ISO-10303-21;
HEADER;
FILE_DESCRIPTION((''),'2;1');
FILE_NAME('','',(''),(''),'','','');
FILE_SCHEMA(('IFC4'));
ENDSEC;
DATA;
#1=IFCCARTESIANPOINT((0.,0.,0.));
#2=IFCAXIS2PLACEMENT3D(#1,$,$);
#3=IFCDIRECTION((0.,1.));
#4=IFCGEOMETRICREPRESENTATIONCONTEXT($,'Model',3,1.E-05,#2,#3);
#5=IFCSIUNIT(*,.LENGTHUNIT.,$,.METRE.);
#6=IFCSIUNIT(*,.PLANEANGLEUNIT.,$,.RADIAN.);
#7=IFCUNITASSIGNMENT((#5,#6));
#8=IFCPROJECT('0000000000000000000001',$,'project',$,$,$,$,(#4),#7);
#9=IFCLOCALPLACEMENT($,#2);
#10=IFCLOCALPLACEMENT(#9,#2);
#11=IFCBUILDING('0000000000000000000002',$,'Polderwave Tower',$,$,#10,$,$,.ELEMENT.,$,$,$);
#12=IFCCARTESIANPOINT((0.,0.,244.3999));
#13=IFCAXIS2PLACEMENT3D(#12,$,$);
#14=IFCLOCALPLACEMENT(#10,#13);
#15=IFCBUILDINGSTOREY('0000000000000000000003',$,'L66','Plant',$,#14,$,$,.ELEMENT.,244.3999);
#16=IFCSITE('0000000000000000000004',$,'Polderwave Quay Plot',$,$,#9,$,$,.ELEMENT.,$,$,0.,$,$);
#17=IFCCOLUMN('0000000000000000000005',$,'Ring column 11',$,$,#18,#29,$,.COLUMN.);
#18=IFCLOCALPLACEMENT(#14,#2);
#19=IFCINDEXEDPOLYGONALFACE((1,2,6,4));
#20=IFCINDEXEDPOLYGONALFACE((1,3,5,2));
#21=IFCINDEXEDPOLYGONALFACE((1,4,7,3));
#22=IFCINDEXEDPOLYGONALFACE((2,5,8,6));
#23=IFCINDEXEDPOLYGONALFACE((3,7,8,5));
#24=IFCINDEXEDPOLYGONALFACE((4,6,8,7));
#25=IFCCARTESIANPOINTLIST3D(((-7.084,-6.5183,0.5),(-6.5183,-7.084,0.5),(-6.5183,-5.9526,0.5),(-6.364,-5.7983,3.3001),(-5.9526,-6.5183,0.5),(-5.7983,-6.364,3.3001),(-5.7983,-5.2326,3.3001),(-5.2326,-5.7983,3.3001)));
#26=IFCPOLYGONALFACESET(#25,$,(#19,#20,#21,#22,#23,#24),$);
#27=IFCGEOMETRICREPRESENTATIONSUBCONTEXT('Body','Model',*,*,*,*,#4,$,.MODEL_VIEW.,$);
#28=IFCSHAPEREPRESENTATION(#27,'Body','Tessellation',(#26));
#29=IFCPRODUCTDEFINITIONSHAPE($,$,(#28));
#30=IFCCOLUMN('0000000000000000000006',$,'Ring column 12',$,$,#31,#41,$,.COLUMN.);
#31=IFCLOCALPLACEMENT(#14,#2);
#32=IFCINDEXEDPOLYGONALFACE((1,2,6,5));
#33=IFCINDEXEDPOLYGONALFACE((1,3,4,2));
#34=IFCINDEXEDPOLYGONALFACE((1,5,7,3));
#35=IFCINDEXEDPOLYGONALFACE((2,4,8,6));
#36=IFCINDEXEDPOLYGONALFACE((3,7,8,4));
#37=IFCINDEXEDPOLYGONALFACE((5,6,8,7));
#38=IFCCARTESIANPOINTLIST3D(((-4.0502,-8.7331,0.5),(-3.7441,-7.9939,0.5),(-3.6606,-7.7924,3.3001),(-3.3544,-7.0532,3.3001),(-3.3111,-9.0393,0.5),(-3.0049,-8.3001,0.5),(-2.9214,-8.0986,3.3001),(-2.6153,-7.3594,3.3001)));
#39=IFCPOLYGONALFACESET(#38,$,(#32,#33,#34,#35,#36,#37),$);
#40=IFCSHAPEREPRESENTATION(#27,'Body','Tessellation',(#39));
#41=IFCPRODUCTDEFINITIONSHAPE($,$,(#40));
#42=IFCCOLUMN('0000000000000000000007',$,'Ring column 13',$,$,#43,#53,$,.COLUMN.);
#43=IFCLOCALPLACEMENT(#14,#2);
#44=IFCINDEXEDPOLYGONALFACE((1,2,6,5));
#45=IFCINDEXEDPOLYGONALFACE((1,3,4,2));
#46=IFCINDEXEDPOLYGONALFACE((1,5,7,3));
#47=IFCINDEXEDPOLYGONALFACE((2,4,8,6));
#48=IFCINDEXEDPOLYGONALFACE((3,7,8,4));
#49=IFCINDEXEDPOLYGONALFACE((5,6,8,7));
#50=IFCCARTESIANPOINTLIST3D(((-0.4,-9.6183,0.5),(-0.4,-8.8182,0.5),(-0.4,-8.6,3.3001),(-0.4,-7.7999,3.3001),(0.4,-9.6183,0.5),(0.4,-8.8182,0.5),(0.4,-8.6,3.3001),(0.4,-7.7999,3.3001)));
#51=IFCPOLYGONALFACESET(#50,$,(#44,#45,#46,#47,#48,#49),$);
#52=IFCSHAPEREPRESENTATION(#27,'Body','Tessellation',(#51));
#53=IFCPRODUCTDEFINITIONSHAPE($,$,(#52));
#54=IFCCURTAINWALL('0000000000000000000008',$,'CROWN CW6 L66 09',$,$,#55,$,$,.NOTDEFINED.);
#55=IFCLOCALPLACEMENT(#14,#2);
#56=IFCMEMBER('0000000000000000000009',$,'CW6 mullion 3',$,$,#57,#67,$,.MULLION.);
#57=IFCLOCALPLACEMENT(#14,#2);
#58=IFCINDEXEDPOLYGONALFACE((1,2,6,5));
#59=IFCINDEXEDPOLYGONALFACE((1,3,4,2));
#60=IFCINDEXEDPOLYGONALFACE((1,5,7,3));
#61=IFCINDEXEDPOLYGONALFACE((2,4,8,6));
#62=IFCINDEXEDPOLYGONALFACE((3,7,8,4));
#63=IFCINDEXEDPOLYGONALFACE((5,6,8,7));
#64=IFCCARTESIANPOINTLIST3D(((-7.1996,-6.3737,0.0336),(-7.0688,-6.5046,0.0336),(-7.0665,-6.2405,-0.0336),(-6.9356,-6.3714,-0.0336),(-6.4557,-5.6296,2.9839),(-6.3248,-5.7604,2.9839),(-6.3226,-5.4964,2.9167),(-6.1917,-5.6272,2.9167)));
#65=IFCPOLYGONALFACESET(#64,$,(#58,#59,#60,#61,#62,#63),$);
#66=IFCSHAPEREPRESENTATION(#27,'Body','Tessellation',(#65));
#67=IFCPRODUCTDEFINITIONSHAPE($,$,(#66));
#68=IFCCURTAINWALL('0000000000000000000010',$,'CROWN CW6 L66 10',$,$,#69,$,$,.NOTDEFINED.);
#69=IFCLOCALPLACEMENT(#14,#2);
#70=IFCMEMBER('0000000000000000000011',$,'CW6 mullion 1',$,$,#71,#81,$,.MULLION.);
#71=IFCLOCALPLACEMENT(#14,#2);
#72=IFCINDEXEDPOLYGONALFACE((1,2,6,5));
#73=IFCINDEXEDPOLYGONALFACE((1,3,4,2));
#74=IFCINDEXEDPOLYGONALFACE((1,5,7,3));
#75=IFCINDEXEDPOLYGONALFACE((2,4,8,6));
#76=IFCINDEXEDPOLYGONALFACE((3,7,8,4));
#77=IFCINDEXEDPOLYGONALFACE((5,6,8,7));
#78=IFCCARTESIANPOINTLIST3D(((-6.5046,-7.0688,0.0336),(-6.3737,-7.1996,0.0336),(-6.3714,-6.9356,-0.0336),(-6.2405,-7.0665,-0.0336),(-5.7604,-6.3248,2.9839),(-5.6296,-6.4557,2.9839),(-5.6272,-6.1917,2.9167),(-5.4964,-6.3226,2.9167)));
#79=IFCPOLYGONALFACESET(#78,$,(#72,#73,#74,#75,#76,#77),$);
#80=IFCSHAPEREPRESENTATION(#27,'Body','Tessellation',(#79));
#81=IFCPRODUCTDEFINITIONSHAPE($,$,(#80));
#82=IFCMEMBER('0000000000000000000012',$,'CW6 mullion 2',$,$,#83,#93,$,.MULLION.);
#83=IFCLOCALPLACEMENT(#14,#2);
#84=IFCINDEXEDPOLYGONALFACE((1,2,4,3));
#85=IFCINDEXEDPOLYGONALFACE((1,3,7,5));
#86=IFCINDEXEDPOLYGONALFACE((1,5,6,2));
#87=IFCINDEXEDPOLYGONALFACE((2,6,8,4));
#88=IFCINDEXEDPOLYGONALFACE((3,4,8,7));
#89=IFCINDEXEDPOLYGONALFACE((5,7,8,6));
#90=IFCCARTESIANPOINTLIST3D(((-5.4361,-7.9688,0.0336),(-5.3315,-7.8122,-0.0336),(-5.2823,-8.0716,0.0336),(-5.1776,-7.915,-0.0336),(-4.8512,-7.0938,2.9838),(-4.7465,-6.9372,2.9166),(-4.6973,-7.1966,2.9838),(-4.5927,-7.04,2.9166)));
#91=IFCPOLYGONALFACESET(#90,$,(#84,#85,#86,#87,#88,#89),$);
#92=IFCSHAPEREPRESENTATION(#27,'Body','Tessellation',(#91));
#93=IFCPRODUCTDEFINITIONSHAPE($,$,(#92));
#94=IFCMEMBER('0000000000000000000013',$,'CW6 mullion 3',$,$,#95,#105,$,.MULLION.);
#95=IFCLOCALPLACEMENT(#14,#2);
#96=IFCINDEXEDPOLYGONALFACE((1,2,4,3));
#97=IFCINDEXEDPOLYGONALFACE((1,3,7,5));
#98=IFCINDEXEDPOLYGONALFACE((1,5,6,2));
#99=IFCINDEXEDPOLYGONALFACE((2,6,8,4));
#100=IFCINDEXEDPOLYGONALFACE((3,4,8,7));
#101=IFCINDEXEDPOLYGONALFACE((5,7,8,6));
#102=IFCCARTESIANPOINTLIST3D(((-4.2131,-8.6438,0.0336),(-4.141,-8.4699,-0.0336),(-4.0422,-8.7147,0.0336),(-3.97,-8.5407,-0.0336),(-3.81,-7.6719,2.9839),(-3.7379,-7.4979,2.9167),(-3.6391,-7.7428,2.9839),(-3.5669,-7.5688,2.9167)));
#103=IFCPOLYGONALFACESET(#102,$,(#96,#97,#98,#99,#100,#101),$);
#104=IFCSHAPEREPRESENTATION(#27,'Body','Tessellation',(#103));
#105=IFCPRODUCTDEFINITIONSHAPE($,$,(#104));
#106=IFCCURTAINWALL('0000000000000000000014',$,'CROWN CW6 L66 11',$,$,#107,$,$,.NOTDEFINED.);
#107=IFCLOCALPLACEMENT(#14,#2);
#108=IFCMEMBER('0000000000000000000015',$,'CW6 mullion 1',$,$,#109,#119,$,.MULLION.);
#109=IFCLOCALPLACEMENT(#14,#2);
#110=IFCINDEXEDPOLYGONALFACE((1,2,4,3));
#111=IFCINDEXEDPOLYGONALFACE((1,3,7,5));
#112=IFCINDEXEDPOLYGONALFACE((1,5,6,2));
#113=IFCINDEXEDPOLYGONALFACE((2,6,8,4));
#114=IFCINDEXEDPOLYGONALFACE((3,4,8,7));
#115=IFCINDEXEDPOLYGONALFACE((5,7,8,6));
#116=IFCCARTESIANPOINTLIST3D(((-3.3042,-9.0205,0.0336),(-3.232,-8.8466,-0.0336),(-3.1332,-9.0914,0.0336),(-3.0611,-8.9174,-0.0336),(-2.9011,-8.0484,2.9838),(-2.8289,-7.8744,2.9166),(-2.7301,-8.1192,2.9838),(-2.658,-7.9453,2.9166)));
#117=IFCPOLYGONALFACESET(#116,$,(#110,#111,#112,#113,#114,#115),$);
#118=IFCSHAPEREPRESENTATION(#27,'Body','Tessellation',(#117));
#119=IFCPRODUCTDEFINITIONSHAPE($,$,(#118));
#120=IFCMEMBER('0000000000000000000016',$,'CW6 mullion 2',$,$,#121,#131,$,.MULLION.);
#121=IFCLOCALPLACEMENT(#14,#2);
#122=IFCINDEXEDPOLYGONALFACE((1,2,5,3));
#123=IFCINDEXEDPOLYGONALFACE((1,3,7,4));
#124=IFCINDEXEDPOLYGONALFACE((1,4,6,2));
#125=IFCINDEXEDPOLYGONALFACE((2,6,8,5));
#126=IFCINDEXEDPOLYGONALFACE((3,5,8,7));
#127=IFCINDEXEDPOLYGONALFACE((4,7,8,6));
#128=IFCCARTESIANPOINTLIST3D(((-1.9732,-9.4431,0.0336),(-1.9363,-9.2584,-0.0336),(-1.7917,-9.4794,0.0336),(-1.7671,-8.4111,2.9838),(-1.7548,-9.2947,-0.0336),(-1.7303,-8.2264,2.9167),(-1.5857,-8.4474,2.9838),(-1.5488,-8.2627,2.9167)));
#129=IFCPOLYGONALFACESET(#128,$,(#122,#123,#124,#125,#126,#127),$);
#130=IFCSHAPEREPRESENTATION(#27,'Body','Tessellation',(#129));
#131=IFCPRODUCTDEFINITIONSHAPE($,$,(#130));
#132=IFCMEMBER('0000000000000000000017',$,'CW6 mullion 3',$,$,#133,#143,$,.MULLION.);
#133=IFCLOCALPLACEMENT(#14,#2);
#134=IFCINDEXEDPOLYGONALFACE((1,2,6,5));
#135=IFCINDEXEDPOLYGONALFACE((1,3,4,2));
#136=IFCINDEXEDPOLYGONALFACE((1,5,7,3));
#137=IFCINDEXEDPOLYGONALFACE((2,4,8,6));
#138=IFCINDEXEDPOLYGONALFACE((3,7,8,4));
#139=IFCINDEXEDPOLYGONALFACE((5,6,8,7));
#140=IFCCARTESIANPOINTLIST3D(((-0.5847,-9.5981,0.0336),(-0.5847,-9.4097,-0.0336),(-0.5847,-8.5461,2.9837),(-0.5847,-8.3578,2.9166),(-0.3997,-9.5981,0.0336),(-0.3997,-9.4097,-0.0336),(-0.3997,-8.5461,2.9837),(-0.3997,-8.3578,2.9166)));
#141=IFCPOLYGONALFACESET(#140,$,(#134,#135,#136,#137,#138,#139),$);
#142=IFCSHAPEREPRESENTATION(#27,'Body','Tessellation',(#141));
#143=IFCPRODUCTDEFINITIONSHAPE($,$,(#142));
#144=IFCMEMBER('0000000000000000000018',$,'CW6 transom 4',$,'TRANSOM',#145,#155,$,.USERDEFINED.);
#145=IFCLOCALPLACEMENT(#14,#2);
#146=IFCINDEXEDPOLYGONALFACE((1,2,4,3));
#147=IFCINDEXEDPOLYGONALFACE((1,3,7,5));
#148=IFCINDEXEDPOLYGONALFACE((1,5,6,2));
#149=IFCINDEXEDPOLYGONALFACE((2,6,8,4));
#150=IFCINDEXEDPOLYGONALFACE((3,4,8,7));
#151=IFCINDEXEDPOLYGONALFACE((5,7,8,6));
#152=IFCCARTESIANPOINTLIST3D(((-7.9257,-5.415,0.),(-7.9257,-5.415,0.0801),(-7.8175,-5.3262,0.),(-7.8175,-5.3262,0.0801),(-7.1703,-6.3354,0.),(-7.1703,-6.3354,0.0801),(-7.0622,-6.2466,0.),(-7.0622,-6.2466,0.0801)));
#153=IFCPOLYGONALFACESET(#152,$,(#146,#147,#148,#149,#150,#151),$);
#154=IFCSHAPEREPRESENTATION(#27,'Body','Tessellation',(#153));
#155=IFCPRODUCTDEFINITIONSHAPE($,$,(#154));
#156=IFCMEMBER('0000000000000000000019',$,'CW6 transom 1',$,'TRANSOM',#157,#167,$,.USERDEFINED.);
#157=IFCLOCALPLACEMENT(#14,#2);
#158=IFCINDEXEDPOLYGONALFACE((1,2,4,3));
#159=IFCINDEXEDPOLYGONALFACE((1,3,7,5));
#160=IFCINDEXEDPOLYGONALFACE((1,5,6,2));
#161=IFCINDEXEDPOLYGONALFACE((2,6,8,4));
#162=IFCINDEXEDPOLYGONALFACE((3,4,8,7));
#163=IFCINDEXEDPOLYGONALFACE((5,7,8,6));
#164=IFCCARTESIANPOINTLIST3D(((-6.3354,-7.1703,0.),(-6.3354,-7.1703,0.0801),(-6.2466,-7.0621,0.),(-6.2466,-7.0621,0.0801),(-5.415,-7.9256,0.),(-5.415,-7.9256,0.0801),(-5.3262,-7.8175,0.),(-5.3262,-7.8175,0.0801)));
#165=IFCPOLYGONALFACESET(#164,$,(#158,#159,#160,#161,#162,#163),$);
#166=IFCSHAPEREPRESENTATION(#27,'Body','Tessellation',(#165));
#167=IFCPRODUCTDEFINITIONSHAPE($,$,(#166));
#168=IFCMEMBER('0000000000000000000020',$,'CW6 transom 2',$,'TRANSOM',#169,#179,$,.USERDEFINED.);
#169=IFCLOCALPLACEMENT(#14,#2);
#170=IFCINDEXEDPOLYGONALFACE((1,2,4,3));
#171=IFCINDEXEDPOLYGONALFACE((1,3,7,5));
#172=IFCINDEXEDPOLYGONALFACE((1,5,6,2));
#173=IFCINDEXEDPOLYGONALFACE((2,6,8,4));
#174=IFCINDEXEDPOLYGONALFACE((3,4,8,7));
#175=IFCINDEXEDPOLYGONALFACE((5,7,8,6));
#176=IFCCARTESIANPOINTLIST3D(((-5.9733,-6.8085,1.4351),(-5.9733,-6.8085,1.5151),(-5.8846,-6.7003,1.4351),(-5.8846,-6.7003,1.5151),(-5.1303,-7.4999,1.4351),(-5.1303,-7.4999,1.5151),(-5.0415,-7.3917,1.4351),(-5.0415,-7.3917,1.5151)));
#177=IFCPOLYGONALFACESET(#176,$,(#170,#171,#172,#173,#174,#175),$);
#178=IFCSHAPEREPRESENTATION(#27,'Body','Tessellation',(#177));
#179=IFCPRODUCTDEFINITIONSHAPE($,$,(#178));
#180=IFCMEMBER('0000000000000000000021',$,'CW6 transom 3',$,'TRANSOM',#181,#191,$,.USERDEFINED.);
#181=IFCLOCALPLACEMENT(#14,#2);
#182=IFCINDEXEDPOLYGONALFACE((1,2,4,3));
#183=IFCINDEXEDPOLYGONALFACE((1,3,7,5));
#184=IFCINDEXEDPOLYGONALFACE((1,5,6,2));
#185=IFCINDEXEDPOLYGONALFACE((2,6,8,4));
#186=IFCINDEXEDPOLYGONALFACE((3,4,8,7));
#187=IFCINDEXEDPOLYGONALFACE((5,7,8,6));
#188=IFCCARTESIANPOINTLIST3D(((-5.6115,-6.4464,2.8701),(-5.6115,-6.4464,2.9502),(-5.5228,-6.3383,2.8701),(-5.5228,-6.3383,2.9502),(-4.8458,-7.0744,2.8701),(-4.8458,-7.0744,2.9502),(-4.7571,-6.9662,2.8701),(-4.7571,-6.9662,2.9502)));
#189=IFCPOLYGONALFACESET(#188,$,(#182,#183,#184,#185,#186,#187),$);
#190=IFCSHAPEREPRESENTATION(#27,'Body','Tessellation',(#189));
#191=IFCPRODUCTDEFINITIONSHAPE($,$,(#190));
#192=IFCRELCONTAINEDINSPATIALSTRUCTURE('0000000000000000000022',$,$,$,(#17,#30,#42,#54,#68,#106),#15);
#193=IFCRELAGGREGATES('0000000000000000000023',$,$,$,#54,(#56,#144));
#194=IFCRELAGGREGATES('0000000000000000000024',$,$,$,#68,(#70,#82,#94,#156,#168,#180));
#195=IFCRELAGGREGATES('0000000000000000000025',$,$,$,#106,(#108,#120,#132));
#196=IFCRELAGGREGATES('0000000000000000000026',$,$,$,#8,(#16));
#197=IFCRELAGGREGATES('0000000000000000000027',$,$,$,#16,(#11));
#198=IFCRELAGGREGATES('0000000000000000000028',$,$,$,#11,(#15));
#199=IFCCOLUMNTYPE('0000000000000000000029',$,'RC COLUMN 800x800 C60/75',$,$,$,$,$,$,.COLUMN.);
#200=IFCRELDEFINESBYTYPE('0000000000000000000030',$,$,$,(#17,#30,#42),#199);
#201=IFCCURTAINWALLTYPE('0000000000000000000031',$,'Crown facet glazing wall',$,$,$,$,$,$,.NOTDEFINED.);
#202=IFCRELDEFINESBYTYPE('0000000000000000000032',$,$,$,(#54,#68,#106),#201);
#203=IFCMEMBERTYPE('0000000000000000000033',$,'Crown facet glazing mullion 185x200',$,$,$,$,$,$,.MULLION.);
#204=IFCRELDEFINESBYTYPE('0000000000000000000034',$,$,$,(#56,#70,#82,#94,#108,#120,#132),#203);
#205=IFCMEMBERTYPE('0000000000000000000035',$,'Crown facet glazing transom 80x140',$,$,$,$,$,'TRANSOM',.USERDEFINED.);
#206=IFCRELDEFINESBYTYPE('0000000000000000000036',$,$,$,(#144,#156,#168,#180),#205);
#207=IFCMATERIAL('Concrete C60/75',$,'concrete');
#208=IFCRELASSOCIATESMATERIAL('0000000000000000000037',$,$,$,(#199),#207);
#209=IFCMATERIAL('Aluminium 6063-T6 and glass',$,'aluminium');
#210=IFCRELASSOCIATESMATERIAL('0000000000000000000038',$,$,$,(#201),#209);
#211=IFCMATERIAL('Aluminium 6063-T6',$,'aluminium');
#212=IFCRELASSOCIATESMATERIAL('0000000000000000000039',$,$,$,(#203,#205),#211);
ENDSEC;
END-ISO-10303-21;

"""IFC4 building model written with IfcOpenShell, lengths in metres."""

from ifc_helpers import new_model, si_unit, direction, frame, origin, origin_2d, place, context, subcontext, project, spatial, rectangle, extrude, material, material_profile, profile_set, type_object, element, aggregate, save


model = new_model("IFC4")

# Units and contexts
model_context = context("Model", 3, precision=1e-05, world=origin(), true_north=direction((0.0, 1.0)))
body_context = subcontext(model_context, "Body", "Model", "MODEL_VIEW")
ifc_project = project(units=[si_unit("LENGTHUNIT", "METRE"), si_unit("PLANEANGLEUNIT", "RADIAN")], contexts=[model_context])

# Site, building, storey
site_placement = place(None, origin())
site = spatial("IfcSite", under=ifc_project, at=site_placement, Name="Polderwave Quay Plot", CompositionType="ELEMENT", RefElevation=0.0)
building_placement = place(site_placement, origin())
building = spatial("IfcBuilding", under=site, at=building_placement, Name="Polderwave Tower", CompositionType="ELEMENT")
storey_placement = place(building_placement, frame((0.0, 0.0, 244.3999)))
storey = spatial("IfcBuildingStorey", under=building, at=storey_placement, Name="L66", Description="Plant", CompositionType="ELEMENT", Elevation=244.3999)

# Columns
ifc_material_1 = material(Name="Concrete C60/75", Category="concrete")
ifc_material_profile_1 = material_profile(ifc_material_1, rectangle(XDim=0.8, YDim=0.8, at=origin_2d()), Name="RC 800x800")
ifc_profile_set_1 = profile_set([ifc_material_profile_1], Name="Concrete C60/75")
column_type = type_object("IfcColumnType", Name="RC COLUMN 800x800 C60/75", PredefinedType="COLUMN", material=ifc_profile_set_1)
column_1_placement = place(storey_placement, frame((-6.5183, -6.5183, 0.5), z_axis=(0.0, 0.0, 1.0), x_axis=(-0.707107, 0.707107, 0.0)))
element("IfcColumn", 1, at=column_1_placement, inside=storey, type_object=column_type, Name="Ring column 11", PredefinedType="COLUMN", context=body_context, shape_type="SweptSolid", body=[
    extrude(rectangle(XDim=0.8, YDim=0.8, at=origin_2d()), origin(), (0.0, -0.341741, 0.939794), 2.9795),
])
column_2_placement = place(storey_placement, frame((-3.5276, -8.5166, 0.5), z_axis=(0.0, 0.0, 1.0), x_axis=(-0.923877, 0.382691, 0.0)))
element("IfcColumn", 2, at=column_2_placement, inside=storey, type_object=column_type, Name="Ring column 12", PredefinedType="COLUMN", context=body_context, shape_type="SweptSolid", body=[
    extrude(rectangle(XDim=0.8, YDim=0.8, at=origin_2d()), origin(), (0.0, -0.341738, 0.939795), 2.9795),
])
column_3_placement = place(storey_placement, frame((0.0, -9.2183, 0.5), z_axis=(0.0, 0.0, 1.0), x_axis=(-1.0, 0.0, 0.0)))
element("IfcColumn", 3, at=column_3_placement, inside=storey, type_object=column_type, Name="Ring column 13", PredefinedType="COLUMN", context=body_context, shape_type="SweptSolid", body=[
    extrude(rectangle(XDim=0.8, YDim=0.8, at=origin_2d()), origin(), (0.0, -0.341776, 0.939781), 2.9795),
])

# Curtain wall, member
ifc_material_2 = material(Name="Aluminium 6063-T6 and glass", Category="aluminium")
curtain_wall_type = type_object("IfcCurtainWallType", Name="Crown facet glazing wall", PredefinedType="NOTDEFINED", material=ifc_material_2)
curtain_wall_1_placement = place(storey_placement, origin())
curtain_wall_1 = element("IfcCurtainWall", 4, at=curtain_wall_1_placement, inside=storey, type_object=curtain_wall_type, Name="CROWN CW6 L66 09", PredefinedType="NOTDEFINED")
ifc_material_3 = material(Name="Aluminium 6063-T6", Category="aluminium")
ifc_material_profile_2 = material_profile(ifc_material_3, rectangle(XDim=0.1851, YDim=0.2, at=origin_2d()), Name="AL 185x200")
ifc_profile_set_2 = profile_set([ifc_material_profile_2], Name="Aluminium 6063-T6")
member_type_1 = type_object("IfcMemberType", Name="Crown facet glazing mullion 185x200", PredefinedType="MULLION", material=ifc_profile_set_2)
member_1_placement = place(storey_placement, frame((-7.0676, -6.3726, 0.0), z_axis=(0.237498, 0.237576, 0.941887), x_axis=(-0.707223, 0.706991, 0.0)))
member_1 = element("IfcMember", 5, at=member_1_placement, type_object=member_type_1, Name="CW6 mullion 3", PredefinedType="MULLION", context=body_context, shape_type="SweptSolid", body=[
    extrude(rectangle(XDim=0.1851, YDim=0.2, at=origin_2d()), origin(), (0.0, 0.0, 1.0), 3.1323),
])

# Curtain walls, members
curtain_wall_2_placement = place(storey_placement, origin())
curtain_wall_2 = element("IfcCurtainWall", 6, at=curtain_wall_2_placement, inside=storey, type_object=curtain_wall_type, Name="CROWN CW6 L66 10", PredefinedType="NOTDEFINED")
member_2_placement = place(storey_placement, frame((-6.3726, -7.0676, 0.0), z_axis=(0.237576, 0.237498, 0.941887), x_axis=(-0.706991, 0.707223, 0.0)))
member_2 = element("IfcMember", 7, at=member_2_placement, type_object=member_type_1, Name="CW6 mullion 1", PredefinedType="MULLION", context=body_context, shape_type="SweptSolid", body=[
    extrude(rectangle(XDim=0.1851, YDim=0.2, at=origin_2d()), origin(), (0.0, 0.0, 1.0), 3.1323),
])
member_3_placement = place(storey_placement, frame((-5.3069, -7.9419, 0.0), z_axis=(0.18675, 0.279345, 0.941855), x_axis=(-0.831336, 0.55577, 0.0)))
member_3 = element("IfcMember", 8, at=member_3_placement, type_object=member_type_1, Name="CW6 mullion 2", PredefinedType="MULLION", context=body_context, shape_type="SweptSolid", body=[
    extrude(rectangle(XDim=0.1851, YDim=0.2, at=origin_2d()), origin(), (0.0, 0.0, 1.0), 3.1323),
])
member_4_placement = place(storey_placement, frame((-4.0916, -8.5923, 0.0), z_axis=(0.128687, 0.310299, 0.941888), x_axis=(-0.923714, 0.383083, 0.0)))
member_4 = element("IfcMember", 9, at=member_4_placement, type_object=member_type_1, Name="CW6 mullion 3", PredefinedType="MULLION", context=body_context, shape_type="SweptSolid", body=[
    extrude(rectangle(XDim=0.1851, YDim=0.2, at=origin_2d()), origin(), (0.0, 0.0, 1.0), 3.1323),
])
curtain_wall_3_placement = place(storey_placement, origin())
curtain_wall_3 = element("IfcCurtainWall", 10, at=curtain_wall_3_placement, inside=storey, type_object=curtain_wall_type, Name="CROWN CW6 L66 11", PredefinedType="NOTDEFINED")
member_5_placement = place(storey_placement, frame((-3.1826, -8.969, 0.0), z_axis=(0.128684, 0.31037, 0.941866), x_axis=(-0.923748, 0.383001, 0.0)))
member_5 = element("IfcMember", 11, at=member_5_placement, type_object=member_type_1, Name="CW6 mullion 1", PredefinedType="MULLION", context=body_context, shape_type="SweptSolid", body=[
    extrude(rectangle(XDim=0.1851, YDim=0.2, at=origin_2d()), origin(), (0.0, 0.0, 1.0), 3.1323),
])
member_6_placement = place(storey_placement, frame((-1.864, -9.3689, 0.0), z_axis=(0.065785, 0.329468, 0.941872), x_axis=(-0.980643, 0.195804, 0.0)))
member_6 = element("IfcMember", 12, at=member_6_placement, type_object=member_type_1, Name="CW6 mullion 2", PredefinedType="MULLION", context=body_context, shape_type="SweptSolid", body=[
    extrude(rectangle(XDim=0.1851, YDim=0.2, at=origin_2d()), origin(), (0.0, 0.0, 1.0), 3.1323),
])
member_7_placement = place(storey_placement, frame((-0.4922, -9.5039, 0.0), z_axis=(0.0, 0.335872, 0.941908), x_axis=(-1.0, 0.0, 0.0)))
member_7 = element("IfcMember", 13, at=member_7_placement, type_object=member_type_1, Name="CW6 mullion 3", PredefinedType="MULLION", context=body_context, shape_type="SweptSolid", body=[
    extrude(rectangle(XDim=0.1851, YDim=0.2, at=origin_2d()), origin(), (0.0, 0.0, 1.0), 3.1321),
])

# Members
ifc_material_profile_3 = material_profile(ifc_material_3, rectangle(XDim=0.1399, YDim=0.0801, at=origin_2d()), Name="AL 80x140")
ifc_profile_set_3 = profile_set([ifc_material_profile_3], Name="Aluminium 6063-T6")
member_type_2 = type_object("IfcMemberType", Name="Crown facet glazing transom 80x140", ElementType="TRANSOM", PredefinedType="USERDEFINED", material=ifc_profile_set_3)
member_8_placement = place(storey_placement, frame((-7.8716, -5.3706, 0.04), z_axis=(0.634398, -0.773006, 0.0), x_axis=(0.773006, 0.634398, 0.0)))
member_8 = element("IfcMember", 14, at=member_8_placement, type_object=member_type_2, Name="CW6 transom 4", ObjectType="TRANSOM", PredefinedType="USERDEFINED", context=body_context, shape_type="SweptSolid", body=[
    extrude(rectangle(XDim=0.1399, YDim=0.0801, at=origin_2d()), origin(), (0.0, 0.0, 1.0), 1.1907),
])
aggregate(curtain_wall_1, [member_1, member_8])
member_9_placement = place(storey_placement, frame((-6.291, -7.1162, 0.04), z_axis=(0.773006, -0.634398, 0.0), x_axis=(0.634398, 0.773006, 0.0)))
member_9 = element("IfcMember", 15, at=member_9_placement, type_object=member_type_2, Name="CW6 transom 1", ObjectType="TRANSOM", PredefinedType="USERDEFINED", context=body_context, shape_type="SweptSolid", body=[
    extrude(rectangle(XDim=0.1399, YDim=0.0801, at=origin_2d()), origin(), (0.0, 0.0, 1.0), 1.1907),
])
member_10_placement = place(storey_placement, frame((-5.929, -6.7544, 1.4751), z_axis=(0.773208, -0.634152, 0.0), x_axis=(0.634152, 0.773208, 0.0)))
member_10 = element("IfcMember", 16, at=member_10_placement, type_object=member_type_2, Name="CW6 transom 2", ObjectType="TRANSOM", PredefinedType="USERDEFINED", context=body_context, shape_type="SweptSolid", body=[
    extrude(rectangle(XDim=0.1399, YDim=0.0801, at=origin_2d()), origin(), (0.0, 0.0, 1.0), 1.0903),
])
member_11_placement = place(storey_placement, frame((-5.5671, -6.3923, 2.9102), z_axis=(0.77321, -0.63415, 0.0), x_axis=(0.63415, 0.77321, 0.0)))
member_11 = element("IfcMember", 17, at=member_11_placement, type_object=member_type_2, Name="CW6 transom 3", ObjectType="TRANSOM", PredefinedType="USERDEFINED", context=body_context, shape_type="SweptSolid", body=[
    extrude(rectangle(XDim=0.1399, YDim=0.0801, at=origin_2d()), origin(), (0.0, 0.0, 1.0), 0.9902),
])

aggregate(curtain_wall_2, [member_2, member_3, member_4, member_9, member_10, member_11])
aggregate(curtain_wall_3, [member_5, member_6, member_7])

save(model, "model.ifc")
